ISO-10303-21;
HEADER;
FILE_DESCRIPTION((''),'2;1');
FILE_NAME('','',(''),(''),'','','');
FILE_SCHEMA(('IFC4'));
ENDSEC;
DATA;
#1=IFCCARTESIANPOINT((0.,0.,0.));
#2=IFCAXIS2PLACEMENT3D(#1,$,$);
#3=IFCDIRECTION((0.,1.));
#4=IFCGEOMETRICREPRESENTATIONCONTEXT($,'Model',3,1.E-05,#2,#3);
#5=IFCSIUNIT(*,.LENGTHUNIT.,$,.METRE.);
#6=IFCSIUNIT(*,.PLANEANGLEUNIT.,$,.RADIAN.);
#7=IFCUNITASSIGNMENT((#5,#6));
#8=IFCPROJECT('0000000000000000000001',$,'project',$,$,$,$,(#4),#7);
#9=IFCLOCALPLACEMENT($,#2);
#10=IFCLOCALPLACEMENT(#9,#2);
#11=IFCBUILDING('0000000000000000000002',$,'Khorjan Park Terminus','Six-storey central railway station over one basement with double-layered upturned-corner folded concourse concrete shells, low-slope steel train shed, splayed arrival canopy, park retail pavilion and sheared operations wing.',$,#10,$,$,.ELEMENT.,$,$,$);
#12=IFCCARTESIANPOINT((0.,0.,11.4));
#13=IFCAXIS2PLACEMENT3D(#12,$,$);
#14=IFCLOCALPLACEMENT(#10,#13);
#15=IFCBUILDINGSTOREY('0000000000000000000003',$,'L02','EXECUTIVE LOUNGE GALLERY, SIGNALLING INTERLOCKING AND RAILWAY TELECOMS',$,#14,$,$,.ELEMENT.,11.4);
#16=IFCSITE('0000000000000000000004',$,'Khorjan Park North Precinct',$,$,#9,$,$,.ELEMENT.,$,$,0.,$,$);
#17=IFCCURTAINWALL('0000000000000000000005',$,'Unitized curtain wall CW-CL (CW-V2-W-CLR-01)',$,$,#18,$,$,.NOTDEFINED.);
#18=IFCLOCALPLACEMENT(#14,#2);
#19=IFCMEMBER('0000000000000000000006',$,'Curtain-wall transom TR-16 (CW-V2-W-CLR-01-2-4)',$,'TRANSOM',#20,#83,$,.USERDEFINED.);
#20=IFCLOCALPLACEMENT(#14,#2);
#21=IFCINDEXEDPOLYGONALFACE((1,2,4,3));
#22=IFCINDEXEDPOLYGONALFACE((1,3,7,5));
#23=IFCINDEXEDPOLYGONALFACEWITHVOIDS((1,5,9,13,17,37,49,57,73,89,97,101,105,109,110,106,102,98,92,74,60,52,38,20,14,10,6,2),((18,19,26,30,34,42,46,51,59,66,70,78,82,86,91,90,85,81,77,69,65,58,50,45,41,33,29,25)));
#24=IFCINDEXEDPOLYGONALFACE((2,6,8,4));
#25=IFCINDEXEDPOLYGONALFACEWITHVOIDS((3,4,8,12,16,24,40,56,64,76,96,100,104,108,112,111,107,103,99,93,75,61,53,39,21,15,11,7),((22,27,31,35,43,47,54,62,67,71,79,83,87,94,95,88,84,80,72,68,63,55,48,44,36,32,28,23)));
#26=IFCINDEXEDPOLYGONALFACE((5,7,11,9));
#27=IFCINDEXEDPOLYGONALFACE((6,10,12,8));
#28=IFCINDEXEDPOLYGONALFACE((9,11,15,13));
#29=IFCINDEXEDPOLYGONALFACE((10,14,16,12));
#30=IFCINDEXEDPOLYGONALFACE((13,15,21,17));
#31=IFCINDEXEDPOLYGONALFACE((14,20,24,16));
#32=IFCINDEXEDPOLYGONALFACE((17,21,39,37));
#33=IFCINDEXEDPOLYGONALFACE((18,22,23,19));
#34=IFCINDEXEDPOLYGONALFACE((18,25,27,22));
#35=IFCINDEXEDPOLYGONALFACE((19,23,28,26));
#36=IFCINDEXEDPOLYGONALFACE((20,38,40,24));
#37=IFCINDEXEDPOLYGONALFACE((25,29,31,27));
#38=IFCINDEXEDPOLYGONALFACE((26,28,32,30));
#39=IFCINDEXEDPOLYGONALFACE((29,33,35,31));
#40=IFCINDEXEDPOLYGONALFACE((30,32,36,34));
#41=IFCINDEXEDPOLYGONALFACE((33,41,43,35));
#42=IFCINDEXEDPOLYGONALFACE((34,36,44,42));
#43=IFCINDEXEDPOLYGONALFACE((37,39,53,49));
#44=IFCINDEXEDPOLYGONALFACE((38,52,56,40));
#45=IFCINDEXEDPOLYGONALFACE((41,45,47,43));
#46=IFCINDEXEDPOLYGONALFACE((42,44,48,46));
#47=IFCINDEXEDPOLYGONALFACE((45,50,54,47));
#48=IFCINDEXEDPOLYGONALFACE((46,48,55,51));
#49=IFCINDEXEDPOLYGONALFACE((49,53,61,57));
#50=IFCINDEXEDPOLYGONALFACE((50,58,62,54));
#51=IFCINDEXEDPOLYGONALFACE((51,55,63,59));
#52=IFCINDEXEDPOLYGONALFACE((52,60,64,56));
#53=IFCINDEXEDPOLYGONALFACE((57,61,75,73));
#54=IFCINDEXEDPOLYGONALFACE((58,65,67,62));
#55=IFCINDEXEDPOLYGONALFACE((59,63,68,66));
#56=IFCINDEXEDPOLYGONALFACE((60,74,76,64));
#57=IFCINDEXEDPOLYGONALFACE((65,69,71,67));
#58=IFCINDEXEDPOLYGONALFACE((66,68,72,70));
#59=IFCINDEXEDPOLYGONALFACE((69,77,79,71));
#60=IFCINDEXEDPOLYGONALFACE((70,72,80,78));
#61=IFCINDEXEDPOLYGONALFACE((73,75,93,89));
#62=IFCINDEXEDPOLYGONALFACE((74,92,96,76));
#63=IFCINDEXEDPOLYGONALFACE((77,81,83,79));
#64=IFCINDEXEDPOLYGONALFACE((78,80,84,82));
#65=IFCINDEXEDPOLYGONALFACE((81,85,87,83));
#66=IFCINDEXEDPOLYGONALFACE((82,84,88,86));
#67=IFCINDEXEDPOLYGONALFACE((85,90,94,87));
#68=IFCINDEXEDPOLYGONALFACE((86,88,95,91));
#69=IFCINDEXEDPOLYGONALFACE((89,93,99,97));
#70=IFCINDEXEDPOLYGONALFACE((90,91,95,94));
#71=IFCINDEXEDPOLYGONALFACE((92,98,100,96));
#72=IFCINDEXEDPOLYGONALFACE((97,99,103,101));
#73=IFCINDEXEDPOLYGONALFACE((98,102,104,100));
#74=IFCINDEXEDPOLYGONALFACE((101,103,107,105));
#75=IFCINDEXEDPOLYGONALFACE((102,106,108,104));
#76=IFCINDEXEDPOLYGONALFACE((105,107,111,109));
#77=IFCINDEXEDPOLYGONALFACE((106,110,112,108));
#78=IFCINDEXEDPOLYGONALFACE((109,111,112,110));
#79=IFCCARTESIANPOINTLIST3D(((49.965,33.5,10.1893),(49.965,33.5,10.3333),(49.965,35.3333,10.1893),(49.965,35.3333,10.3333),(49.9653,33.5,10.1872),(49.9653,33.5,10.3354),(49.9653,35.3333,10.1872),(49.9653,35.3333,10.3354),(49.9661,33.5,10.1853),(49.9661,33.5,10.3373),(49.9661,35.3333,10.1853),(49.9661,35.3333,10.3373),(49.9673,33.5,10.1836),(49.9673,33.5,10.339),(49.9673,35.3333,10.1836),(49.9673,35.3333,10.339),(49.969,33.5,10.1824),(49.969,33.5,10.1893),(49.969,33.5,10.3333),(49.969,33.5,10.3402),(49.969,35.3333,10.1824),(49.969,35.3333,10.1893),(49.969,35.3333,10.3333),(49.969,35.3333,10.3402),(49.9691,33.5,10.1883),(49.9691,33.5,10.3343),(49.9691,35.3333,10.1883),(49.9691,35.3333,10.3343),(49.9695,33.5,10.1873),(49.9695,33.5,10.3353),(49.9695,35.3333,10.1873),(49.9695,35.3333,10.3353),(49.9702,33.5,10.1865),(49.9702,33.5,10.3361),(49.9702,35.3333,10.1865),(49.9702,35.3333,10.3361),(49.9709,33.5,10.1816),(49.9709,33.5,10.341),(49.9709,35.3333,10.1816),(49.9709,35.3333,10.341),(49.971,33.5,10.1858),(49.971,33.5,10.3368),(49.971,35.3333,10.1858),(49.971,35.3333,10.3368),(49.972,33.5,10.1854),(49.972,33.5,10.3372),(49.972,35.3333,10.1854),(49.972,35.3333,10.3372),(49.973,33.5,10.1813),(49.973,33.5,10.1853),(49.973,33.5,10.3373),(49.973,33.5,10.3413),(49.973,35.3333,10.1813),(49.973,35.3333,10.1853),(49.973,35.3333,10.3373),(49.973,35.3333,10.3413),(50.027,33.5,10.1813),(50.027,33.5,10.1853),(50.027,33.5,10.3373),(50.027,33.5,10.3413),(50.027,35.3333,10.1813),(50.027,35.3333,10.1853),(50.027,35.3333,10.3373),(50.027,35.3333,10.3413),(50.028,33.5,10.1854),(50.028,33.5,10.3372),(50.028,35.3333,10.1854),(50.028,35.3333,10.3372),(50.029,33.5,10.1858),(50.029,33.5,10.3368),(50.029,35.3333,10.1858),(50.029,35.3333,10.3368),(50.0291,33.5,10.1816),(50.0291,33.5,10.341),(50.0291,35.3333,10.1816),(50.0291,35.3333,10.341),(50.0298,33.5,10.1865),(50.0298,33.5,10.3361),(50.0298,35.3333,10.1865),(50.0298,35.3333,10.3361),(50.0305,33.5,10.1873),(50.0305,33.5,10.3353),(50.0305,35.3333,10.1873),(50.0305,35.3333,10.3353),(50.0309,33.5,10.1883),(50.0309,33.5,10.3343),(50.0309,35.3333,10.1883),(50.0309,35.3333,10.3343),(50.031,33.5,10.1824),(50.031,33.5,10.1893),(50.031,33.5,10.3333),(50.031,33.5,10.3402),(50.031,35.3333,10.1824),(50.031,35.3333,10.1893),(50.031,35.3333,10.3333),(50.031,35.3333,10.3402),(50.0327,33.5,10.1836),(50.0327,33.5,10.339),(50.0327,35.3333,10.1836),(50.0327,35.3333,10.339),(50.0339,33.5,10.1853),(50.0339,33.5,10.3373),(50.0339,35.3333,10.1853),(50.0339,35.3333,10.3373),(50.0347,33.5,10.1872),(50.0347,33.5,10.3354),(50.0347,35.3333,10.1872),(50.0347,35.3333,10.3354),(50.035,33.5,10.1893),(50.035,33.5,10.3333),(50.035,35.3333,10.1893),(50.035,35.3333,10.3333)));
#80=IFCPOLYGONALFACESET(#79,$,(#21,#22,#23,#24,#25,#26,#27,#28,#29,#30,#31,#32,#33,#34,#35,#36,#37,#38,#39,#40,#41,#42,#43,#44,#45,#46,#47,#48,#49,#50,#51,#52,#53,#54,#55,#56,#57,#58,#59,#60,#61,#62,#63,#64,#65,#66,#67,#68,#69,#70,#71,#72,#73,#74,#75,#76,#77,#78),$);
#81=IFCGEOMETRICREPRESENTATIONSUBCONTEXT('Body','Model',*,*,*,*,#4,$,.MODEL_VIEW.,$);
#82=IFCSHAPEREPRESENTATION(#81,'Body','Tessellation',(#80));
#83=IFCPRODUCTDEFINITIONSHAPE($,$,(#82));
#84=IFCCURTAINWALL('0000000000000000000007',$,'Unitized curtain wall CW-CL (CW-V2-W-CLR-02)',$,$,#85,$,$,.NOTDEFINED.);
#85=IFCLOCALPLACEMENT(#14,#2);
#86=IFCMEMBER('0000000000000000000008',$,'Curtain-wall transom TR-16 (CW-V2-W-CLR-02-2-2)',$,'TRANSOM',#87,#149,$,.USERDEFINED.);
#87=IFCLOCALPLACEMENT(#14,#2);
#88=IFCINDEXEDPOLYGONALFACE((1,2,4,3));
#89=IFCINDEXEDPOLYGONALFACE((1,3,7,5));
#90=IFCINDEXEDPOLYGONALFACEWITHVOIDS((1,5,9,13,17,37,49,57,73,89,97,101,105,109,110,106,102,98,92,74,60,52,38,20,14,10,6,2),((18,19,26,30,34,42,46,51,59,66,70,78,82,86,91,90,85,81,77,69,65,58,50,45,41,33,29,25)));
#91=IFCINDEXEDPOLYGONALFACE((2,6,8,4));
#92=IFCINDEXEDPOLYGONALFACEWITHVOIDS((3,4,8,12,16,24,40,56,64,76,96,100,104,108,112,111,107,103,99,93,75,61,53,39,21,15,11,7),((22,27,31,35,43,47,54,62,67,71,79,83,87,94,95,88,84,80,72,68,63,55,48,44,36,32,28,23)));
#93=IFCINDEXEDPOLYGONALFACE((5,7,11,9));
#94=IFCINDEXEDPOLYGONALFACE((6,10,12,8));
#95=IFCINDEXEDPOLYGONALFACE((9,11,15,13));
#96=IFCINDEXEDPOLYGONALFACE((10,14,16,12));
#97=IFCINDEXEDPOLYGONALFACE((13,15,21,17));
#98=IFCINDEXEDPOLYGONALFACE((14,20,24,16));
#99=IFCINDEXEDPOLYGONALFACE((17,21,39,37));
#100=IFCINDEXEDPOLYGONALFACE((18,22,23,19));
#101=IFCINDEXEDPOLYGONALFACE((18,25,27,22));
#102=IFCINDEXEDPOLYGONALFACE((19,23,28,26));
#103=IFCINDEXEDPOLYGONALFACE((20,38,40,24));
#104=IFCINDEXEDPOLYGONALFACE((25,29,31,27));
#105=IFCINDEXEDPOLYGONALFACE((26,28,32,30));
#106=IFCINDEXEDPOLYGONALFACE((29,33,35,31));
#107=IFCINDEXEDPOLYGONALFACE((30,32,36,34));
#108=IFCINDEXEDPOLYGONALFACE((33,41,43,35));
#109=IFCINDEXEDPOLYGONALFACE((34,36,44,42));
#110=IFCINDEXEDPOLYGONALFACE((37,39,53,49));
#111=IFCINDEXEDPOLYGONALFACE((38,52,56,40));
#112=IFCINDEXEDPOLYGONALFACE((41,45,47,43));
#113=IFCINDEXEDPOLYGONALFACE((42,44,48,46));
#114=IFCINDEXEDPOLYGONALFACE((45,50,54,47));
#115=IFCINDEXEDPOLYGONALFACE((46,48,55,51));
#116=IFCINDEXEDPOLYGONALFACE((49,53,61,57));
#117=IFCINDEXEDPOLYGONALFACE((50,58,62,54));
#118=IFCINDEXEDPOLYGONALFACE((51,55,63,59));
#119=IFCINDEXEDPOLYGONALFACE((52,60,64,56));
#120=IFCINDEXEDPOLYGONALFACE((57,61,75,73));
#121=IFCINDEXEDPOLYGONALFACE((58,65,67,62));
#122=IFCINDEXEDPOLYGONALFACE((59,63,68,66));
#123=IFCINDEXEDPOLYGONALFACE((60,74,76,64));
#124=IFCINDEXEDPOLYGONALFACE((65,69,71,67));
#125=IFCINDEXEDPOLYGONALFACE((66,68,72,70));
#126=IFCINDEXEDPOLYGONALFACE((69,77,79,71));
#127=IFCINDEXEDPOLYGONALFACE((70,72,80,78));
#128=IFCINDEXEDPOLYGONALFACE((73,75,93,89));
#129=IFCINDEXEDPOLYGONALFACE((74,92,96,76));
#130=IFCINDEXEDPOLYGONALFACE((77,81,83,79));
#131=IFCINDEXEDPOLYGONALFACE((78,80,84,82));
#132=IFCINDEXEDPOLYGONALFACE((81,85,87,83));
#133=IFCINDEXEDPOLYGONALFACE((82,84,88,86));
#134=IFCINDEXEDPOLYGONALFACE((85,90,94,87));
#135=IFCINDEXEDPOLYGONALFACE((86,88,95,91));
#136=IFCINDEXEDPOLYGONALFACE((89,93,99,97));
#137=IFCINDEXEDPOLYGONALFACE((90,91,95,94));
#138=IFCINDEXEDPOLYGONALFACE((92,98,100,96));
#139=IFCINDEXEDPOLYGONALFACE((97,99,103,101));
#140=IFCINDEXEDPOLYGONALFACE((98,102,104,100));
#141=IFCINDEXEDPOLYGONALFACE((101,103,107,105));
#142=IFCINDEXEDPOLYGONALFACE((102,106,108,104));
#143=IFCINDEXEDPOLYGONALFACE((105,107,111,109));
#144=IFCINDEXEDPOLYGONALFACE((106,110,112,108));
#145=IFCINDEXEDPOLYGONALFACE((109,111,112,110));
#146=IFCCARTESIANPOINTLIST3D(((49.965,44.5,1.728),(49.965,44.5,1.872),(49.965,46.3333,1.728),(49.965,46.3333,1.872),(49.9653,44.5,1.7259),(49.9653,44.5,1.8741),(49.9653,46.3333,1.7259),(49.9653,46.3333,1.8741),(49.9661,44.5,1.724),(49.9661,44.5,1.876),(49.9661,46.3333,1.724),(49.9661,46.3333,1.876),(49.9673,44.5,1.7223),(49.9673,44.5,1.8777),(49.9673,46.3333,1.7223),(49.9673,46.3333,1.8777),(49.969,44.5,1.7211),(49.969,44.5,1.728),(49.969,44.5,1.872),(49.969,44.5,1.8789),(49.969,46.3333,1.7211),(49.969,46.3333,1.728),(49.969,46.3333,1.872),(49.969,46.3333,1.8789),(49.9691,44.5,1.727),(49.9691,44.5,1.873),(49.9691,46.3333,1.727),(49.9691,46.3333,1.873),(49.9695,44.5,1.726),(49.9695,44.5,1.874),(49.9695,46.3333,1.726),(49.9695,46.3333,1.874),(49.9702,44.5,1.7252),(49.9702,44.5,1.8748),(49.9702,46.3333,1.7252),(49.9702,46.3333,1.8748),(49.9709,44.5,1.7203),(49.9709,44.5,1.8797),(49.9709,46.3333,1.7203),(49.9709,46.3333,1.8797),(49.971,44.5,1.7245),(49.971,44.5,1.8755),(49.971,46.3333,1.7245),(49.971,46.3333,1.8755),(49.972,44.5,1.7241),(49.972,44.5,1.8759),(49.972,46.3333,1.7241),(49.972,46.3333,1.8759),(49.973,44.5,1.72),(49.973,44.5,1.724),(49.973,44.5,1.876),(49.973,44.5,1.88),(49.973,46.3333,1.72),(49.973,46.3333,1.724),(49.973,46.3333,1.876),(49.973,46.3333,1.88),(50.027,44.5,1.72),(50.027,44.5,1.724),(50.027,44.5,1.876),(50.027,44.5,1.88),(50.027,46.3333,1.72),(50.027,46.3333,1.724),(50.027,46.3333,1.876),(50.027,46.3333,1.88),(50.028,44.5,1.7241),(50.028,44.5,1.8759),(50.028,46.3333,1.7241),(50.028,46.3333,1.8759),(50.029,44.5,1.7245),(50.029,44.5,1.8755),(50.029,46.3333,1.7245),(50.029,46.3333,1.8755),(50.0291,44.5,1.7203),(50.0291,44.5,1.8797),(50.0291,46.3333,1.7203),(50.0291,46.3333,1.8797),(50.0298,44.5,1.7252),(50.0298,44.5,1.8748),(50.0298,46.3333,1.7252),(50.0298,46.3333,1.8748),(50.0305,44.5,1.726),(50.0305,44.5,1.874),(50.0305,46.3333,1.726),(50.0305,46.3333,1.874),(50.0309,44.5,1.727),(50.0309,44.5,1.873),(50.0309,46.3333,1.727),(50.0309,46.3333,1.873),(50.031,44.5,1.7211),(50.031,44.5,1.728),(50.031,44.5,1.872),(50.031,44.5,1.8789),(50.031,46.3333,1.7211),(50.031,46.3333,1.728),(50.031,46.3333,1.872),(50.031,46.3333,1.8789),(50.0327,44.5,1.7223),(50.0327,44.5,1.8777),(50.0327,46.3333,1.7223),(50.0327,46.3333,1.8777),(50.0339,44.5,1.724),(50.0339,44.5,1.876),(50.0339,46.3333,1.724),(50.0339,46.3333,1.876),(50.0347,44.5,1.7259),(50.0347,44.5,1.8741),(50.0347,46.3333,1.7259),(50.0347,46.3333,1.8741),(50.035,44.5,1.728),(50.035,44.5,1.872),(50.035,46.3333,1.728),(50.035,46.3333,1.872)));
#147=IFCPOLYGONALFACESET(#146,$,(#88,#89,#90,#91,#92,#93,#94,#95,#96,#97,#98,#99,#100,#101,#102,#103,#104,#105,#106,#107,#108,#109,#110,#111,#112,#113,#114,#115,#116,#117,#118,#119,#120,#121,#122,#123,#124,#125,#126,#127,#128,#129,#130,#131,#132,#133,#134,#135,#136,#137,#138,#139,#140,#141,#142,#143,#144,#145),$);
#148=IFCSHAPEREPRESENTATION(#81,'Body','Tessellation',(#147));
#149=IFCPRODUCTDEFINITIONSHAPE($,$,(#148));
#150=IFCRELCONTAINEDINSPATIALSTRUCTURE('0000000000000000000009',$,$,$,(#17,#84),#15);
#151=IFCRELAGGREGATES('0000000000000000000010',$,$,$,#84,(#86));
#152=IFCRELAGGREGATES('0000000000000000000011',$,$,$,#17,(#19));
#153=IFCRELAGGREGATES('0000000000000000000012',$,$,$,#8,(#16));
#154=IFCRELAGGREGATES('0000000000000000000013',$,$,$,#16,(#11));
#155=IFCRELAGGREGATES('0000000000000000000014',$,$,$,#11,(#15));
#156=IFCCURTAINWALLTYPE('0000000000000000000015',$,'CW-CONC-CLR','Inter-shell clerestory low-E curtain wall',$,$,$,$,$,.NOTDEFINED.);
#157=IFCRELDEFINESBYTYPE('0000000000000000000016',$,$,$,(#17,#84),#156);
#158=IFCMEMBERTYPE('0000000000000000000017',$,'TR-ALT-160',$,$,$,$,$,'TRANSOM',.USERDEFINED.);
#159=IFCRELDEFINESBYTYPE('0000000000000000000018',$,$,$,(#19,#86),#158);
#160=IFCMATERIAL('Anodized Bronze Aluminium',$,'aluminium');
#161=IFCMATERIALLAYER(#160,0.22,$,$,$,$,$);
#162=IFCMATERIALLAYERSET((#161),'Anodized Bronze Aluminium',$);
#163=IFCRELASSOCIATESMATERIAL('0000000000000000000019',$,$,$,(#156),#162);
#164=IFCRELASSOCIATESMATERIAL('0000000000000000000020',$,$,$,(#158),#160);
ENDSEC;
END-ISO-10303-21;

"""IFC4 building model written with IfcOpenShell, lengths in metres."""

from ifc_helpers import new_model, si_unit, direction, frame, origin, origin_2d, place, context, subcontext, project, spatial, hollow_rectangle, extrude, material, layer, layer_set, material_profile, profile_set, type_object, element, aggregate, save


model = new_model("IFC4")

# Units and contexts
model_context = context("Model", 3, precision=1e-05, world=origin(), true_north=direction((0.0, 1.0)))
body_context = subcontext(model_context, "Body", "Model", "MODEL_VIEW")
ifc_project = project(units=[si_unit("LENGTHUNIT", "METRE"), si_unit("PLANEANGLEUNIT", "RADIAN")], contexts=[model_context])

# Site, building, storey
site_placement = place(None, origin())
site = spatial("IfcSite", under=ifc_project, at=site_placement, Name="Khorjan Park North Precinct", CompositionType="ELEMENT", RefElevation=0.0)
building_placement = place(site_placement, origin())
building = spatial("IfcBuilding", under=site, at=building_placement, Name="Khorjan Park Terminus", Description="Six-storey central railway station over one basement with double-layered upturned-corner folded concourse concrete shells, low-slope steel train shed, splayed arrival canopy, park retail pavilion and sheared operations wing.", CompositionType="ELEMENT")
storey_placement = place(building_placement, frame((0.0, 0.0, 11.4)))
storey = spatial("IfcBuildingStorey", under=building, at=storey_placement, Name="L02", Description="EXECUTIVE LOUNGE GALLERY, SIGNALLING INTERLOCKING AND RAILWAY TELECOMS", CompositionType="ELEMENT", Elevation=11.4)

# Curtain walls, members
ifc_material_1 = material(Name="Anodized Bronze Aluminium", Category="aluminium")
ifc_layer_1 = layer(ifc_material_1, 0.22)
ifc_layer_set_1 = layer_set([ifc_layer_1], Name="Anodized Bronze Aluminium")
curtain_wall_type = type_object("IfcCurtainWallType", Name="CW-CONC-CLR", Description="Inter-shell clerestory low-E curtain wall", PredefinedType="NOTDEFINED", material=ifc_layer_set_1)
curtain_wall_1_placement = place(storey_placement, origin())
curtain_wall_1 = element("IfcCurtainWall", 1, at=curtain_wall_1_placement, inside=storey, type_object=curtain_wall_type, Name="Unitized curtain wall CW-CL (CW-V2-W-CLR-01)", PredefinedType="NOTDEFINED")
ifc_material_profile_1 = material_profile(ifc_material_1, hollow_rectangle(XDim=0.07, YDim=0.16, WallThickness=0.004, InnerFilletRadius=0.004, OuterFilletRadius=0.008, at=origin_2d()), Name="ALT 70x160x4")
ifc_profile_set_1 = profile_set([ifc_material_profile_1], Name="Anodized Bronze Aluminium")
member_type_1 = type_object("IfcMemberType", Name="TR-ALT-160", ElementType="TRANSOM", PredefinedType="USERDEFINED", material=ifc_profile_set_1)
member_1_placement = place(storey_placement, frame((50.0, 35.3333, 10.2613), z_axis=(0.0, -1.0, 0.0), x_axis=(1.0, 0.0, 0.0)))
member_1 = element("IfcMember", 2, at=member_1_placement, type_object=member_type_1, Name="Curtain-wall transom TR-16 (CW-V2-W-CLR-01-2-4)", ObjectType="TRANSOM", PredefinedType="USERDEFINED", context=body_context, shape_type="SweptSolid", body=[
    extrude(hollow_rectangle(XDim=0.07, YDim=0.16, WallThickness=0.004, InnerFilletRadius=0.004, OuterFilletRadius=0.008, at=origin_2d()), origin(), (0.0, 0.0, 1.0), 1.8333),
])
curtain_wall_2_placement = place(storey_placement, origin())
curtain_wall_2 = element("IfcCurtainWall", 3, at=curtain_wall_2_placement, inside=storey, type_object=curtain_wall_type, Name="Unitized curtain wall CW-CL (CW-V2-W-CLR-02)", PredefinedType="NOTDEFINED")
member_2_placement = place(storey_placement, frame((50.0, 46.3333, 1.8), z_axis=(0.0, -1.0, 0.0), x_axis=(1.0, 0.0, 0.0)))
member_2 = element("IfcMember", 4, at=member_2_placement, type_object=member_type_1, Name="Curtain-wall transom TR-16 (CW-V2-W-CLR-02-2-2)", ObjectType="TRANSOM", PredefinedType="USERDEFINED", context=body_context, shape_type="SweptSolid", body=[
    extrude(hollow_rectangle(XDim=0.07, YDim=0.16, WallThickness=0.004, InnerFilletRadius=0.004, OuterFilletRadius=0.008, at=origin_2d()), origin(), (0.0, 0.0, 1.0), 1.8333),
])

aggregate(curtain_wall_2, [member_2])
aggregate(curtain_wall_1, [member_1])

save(model, "model.ifc")
